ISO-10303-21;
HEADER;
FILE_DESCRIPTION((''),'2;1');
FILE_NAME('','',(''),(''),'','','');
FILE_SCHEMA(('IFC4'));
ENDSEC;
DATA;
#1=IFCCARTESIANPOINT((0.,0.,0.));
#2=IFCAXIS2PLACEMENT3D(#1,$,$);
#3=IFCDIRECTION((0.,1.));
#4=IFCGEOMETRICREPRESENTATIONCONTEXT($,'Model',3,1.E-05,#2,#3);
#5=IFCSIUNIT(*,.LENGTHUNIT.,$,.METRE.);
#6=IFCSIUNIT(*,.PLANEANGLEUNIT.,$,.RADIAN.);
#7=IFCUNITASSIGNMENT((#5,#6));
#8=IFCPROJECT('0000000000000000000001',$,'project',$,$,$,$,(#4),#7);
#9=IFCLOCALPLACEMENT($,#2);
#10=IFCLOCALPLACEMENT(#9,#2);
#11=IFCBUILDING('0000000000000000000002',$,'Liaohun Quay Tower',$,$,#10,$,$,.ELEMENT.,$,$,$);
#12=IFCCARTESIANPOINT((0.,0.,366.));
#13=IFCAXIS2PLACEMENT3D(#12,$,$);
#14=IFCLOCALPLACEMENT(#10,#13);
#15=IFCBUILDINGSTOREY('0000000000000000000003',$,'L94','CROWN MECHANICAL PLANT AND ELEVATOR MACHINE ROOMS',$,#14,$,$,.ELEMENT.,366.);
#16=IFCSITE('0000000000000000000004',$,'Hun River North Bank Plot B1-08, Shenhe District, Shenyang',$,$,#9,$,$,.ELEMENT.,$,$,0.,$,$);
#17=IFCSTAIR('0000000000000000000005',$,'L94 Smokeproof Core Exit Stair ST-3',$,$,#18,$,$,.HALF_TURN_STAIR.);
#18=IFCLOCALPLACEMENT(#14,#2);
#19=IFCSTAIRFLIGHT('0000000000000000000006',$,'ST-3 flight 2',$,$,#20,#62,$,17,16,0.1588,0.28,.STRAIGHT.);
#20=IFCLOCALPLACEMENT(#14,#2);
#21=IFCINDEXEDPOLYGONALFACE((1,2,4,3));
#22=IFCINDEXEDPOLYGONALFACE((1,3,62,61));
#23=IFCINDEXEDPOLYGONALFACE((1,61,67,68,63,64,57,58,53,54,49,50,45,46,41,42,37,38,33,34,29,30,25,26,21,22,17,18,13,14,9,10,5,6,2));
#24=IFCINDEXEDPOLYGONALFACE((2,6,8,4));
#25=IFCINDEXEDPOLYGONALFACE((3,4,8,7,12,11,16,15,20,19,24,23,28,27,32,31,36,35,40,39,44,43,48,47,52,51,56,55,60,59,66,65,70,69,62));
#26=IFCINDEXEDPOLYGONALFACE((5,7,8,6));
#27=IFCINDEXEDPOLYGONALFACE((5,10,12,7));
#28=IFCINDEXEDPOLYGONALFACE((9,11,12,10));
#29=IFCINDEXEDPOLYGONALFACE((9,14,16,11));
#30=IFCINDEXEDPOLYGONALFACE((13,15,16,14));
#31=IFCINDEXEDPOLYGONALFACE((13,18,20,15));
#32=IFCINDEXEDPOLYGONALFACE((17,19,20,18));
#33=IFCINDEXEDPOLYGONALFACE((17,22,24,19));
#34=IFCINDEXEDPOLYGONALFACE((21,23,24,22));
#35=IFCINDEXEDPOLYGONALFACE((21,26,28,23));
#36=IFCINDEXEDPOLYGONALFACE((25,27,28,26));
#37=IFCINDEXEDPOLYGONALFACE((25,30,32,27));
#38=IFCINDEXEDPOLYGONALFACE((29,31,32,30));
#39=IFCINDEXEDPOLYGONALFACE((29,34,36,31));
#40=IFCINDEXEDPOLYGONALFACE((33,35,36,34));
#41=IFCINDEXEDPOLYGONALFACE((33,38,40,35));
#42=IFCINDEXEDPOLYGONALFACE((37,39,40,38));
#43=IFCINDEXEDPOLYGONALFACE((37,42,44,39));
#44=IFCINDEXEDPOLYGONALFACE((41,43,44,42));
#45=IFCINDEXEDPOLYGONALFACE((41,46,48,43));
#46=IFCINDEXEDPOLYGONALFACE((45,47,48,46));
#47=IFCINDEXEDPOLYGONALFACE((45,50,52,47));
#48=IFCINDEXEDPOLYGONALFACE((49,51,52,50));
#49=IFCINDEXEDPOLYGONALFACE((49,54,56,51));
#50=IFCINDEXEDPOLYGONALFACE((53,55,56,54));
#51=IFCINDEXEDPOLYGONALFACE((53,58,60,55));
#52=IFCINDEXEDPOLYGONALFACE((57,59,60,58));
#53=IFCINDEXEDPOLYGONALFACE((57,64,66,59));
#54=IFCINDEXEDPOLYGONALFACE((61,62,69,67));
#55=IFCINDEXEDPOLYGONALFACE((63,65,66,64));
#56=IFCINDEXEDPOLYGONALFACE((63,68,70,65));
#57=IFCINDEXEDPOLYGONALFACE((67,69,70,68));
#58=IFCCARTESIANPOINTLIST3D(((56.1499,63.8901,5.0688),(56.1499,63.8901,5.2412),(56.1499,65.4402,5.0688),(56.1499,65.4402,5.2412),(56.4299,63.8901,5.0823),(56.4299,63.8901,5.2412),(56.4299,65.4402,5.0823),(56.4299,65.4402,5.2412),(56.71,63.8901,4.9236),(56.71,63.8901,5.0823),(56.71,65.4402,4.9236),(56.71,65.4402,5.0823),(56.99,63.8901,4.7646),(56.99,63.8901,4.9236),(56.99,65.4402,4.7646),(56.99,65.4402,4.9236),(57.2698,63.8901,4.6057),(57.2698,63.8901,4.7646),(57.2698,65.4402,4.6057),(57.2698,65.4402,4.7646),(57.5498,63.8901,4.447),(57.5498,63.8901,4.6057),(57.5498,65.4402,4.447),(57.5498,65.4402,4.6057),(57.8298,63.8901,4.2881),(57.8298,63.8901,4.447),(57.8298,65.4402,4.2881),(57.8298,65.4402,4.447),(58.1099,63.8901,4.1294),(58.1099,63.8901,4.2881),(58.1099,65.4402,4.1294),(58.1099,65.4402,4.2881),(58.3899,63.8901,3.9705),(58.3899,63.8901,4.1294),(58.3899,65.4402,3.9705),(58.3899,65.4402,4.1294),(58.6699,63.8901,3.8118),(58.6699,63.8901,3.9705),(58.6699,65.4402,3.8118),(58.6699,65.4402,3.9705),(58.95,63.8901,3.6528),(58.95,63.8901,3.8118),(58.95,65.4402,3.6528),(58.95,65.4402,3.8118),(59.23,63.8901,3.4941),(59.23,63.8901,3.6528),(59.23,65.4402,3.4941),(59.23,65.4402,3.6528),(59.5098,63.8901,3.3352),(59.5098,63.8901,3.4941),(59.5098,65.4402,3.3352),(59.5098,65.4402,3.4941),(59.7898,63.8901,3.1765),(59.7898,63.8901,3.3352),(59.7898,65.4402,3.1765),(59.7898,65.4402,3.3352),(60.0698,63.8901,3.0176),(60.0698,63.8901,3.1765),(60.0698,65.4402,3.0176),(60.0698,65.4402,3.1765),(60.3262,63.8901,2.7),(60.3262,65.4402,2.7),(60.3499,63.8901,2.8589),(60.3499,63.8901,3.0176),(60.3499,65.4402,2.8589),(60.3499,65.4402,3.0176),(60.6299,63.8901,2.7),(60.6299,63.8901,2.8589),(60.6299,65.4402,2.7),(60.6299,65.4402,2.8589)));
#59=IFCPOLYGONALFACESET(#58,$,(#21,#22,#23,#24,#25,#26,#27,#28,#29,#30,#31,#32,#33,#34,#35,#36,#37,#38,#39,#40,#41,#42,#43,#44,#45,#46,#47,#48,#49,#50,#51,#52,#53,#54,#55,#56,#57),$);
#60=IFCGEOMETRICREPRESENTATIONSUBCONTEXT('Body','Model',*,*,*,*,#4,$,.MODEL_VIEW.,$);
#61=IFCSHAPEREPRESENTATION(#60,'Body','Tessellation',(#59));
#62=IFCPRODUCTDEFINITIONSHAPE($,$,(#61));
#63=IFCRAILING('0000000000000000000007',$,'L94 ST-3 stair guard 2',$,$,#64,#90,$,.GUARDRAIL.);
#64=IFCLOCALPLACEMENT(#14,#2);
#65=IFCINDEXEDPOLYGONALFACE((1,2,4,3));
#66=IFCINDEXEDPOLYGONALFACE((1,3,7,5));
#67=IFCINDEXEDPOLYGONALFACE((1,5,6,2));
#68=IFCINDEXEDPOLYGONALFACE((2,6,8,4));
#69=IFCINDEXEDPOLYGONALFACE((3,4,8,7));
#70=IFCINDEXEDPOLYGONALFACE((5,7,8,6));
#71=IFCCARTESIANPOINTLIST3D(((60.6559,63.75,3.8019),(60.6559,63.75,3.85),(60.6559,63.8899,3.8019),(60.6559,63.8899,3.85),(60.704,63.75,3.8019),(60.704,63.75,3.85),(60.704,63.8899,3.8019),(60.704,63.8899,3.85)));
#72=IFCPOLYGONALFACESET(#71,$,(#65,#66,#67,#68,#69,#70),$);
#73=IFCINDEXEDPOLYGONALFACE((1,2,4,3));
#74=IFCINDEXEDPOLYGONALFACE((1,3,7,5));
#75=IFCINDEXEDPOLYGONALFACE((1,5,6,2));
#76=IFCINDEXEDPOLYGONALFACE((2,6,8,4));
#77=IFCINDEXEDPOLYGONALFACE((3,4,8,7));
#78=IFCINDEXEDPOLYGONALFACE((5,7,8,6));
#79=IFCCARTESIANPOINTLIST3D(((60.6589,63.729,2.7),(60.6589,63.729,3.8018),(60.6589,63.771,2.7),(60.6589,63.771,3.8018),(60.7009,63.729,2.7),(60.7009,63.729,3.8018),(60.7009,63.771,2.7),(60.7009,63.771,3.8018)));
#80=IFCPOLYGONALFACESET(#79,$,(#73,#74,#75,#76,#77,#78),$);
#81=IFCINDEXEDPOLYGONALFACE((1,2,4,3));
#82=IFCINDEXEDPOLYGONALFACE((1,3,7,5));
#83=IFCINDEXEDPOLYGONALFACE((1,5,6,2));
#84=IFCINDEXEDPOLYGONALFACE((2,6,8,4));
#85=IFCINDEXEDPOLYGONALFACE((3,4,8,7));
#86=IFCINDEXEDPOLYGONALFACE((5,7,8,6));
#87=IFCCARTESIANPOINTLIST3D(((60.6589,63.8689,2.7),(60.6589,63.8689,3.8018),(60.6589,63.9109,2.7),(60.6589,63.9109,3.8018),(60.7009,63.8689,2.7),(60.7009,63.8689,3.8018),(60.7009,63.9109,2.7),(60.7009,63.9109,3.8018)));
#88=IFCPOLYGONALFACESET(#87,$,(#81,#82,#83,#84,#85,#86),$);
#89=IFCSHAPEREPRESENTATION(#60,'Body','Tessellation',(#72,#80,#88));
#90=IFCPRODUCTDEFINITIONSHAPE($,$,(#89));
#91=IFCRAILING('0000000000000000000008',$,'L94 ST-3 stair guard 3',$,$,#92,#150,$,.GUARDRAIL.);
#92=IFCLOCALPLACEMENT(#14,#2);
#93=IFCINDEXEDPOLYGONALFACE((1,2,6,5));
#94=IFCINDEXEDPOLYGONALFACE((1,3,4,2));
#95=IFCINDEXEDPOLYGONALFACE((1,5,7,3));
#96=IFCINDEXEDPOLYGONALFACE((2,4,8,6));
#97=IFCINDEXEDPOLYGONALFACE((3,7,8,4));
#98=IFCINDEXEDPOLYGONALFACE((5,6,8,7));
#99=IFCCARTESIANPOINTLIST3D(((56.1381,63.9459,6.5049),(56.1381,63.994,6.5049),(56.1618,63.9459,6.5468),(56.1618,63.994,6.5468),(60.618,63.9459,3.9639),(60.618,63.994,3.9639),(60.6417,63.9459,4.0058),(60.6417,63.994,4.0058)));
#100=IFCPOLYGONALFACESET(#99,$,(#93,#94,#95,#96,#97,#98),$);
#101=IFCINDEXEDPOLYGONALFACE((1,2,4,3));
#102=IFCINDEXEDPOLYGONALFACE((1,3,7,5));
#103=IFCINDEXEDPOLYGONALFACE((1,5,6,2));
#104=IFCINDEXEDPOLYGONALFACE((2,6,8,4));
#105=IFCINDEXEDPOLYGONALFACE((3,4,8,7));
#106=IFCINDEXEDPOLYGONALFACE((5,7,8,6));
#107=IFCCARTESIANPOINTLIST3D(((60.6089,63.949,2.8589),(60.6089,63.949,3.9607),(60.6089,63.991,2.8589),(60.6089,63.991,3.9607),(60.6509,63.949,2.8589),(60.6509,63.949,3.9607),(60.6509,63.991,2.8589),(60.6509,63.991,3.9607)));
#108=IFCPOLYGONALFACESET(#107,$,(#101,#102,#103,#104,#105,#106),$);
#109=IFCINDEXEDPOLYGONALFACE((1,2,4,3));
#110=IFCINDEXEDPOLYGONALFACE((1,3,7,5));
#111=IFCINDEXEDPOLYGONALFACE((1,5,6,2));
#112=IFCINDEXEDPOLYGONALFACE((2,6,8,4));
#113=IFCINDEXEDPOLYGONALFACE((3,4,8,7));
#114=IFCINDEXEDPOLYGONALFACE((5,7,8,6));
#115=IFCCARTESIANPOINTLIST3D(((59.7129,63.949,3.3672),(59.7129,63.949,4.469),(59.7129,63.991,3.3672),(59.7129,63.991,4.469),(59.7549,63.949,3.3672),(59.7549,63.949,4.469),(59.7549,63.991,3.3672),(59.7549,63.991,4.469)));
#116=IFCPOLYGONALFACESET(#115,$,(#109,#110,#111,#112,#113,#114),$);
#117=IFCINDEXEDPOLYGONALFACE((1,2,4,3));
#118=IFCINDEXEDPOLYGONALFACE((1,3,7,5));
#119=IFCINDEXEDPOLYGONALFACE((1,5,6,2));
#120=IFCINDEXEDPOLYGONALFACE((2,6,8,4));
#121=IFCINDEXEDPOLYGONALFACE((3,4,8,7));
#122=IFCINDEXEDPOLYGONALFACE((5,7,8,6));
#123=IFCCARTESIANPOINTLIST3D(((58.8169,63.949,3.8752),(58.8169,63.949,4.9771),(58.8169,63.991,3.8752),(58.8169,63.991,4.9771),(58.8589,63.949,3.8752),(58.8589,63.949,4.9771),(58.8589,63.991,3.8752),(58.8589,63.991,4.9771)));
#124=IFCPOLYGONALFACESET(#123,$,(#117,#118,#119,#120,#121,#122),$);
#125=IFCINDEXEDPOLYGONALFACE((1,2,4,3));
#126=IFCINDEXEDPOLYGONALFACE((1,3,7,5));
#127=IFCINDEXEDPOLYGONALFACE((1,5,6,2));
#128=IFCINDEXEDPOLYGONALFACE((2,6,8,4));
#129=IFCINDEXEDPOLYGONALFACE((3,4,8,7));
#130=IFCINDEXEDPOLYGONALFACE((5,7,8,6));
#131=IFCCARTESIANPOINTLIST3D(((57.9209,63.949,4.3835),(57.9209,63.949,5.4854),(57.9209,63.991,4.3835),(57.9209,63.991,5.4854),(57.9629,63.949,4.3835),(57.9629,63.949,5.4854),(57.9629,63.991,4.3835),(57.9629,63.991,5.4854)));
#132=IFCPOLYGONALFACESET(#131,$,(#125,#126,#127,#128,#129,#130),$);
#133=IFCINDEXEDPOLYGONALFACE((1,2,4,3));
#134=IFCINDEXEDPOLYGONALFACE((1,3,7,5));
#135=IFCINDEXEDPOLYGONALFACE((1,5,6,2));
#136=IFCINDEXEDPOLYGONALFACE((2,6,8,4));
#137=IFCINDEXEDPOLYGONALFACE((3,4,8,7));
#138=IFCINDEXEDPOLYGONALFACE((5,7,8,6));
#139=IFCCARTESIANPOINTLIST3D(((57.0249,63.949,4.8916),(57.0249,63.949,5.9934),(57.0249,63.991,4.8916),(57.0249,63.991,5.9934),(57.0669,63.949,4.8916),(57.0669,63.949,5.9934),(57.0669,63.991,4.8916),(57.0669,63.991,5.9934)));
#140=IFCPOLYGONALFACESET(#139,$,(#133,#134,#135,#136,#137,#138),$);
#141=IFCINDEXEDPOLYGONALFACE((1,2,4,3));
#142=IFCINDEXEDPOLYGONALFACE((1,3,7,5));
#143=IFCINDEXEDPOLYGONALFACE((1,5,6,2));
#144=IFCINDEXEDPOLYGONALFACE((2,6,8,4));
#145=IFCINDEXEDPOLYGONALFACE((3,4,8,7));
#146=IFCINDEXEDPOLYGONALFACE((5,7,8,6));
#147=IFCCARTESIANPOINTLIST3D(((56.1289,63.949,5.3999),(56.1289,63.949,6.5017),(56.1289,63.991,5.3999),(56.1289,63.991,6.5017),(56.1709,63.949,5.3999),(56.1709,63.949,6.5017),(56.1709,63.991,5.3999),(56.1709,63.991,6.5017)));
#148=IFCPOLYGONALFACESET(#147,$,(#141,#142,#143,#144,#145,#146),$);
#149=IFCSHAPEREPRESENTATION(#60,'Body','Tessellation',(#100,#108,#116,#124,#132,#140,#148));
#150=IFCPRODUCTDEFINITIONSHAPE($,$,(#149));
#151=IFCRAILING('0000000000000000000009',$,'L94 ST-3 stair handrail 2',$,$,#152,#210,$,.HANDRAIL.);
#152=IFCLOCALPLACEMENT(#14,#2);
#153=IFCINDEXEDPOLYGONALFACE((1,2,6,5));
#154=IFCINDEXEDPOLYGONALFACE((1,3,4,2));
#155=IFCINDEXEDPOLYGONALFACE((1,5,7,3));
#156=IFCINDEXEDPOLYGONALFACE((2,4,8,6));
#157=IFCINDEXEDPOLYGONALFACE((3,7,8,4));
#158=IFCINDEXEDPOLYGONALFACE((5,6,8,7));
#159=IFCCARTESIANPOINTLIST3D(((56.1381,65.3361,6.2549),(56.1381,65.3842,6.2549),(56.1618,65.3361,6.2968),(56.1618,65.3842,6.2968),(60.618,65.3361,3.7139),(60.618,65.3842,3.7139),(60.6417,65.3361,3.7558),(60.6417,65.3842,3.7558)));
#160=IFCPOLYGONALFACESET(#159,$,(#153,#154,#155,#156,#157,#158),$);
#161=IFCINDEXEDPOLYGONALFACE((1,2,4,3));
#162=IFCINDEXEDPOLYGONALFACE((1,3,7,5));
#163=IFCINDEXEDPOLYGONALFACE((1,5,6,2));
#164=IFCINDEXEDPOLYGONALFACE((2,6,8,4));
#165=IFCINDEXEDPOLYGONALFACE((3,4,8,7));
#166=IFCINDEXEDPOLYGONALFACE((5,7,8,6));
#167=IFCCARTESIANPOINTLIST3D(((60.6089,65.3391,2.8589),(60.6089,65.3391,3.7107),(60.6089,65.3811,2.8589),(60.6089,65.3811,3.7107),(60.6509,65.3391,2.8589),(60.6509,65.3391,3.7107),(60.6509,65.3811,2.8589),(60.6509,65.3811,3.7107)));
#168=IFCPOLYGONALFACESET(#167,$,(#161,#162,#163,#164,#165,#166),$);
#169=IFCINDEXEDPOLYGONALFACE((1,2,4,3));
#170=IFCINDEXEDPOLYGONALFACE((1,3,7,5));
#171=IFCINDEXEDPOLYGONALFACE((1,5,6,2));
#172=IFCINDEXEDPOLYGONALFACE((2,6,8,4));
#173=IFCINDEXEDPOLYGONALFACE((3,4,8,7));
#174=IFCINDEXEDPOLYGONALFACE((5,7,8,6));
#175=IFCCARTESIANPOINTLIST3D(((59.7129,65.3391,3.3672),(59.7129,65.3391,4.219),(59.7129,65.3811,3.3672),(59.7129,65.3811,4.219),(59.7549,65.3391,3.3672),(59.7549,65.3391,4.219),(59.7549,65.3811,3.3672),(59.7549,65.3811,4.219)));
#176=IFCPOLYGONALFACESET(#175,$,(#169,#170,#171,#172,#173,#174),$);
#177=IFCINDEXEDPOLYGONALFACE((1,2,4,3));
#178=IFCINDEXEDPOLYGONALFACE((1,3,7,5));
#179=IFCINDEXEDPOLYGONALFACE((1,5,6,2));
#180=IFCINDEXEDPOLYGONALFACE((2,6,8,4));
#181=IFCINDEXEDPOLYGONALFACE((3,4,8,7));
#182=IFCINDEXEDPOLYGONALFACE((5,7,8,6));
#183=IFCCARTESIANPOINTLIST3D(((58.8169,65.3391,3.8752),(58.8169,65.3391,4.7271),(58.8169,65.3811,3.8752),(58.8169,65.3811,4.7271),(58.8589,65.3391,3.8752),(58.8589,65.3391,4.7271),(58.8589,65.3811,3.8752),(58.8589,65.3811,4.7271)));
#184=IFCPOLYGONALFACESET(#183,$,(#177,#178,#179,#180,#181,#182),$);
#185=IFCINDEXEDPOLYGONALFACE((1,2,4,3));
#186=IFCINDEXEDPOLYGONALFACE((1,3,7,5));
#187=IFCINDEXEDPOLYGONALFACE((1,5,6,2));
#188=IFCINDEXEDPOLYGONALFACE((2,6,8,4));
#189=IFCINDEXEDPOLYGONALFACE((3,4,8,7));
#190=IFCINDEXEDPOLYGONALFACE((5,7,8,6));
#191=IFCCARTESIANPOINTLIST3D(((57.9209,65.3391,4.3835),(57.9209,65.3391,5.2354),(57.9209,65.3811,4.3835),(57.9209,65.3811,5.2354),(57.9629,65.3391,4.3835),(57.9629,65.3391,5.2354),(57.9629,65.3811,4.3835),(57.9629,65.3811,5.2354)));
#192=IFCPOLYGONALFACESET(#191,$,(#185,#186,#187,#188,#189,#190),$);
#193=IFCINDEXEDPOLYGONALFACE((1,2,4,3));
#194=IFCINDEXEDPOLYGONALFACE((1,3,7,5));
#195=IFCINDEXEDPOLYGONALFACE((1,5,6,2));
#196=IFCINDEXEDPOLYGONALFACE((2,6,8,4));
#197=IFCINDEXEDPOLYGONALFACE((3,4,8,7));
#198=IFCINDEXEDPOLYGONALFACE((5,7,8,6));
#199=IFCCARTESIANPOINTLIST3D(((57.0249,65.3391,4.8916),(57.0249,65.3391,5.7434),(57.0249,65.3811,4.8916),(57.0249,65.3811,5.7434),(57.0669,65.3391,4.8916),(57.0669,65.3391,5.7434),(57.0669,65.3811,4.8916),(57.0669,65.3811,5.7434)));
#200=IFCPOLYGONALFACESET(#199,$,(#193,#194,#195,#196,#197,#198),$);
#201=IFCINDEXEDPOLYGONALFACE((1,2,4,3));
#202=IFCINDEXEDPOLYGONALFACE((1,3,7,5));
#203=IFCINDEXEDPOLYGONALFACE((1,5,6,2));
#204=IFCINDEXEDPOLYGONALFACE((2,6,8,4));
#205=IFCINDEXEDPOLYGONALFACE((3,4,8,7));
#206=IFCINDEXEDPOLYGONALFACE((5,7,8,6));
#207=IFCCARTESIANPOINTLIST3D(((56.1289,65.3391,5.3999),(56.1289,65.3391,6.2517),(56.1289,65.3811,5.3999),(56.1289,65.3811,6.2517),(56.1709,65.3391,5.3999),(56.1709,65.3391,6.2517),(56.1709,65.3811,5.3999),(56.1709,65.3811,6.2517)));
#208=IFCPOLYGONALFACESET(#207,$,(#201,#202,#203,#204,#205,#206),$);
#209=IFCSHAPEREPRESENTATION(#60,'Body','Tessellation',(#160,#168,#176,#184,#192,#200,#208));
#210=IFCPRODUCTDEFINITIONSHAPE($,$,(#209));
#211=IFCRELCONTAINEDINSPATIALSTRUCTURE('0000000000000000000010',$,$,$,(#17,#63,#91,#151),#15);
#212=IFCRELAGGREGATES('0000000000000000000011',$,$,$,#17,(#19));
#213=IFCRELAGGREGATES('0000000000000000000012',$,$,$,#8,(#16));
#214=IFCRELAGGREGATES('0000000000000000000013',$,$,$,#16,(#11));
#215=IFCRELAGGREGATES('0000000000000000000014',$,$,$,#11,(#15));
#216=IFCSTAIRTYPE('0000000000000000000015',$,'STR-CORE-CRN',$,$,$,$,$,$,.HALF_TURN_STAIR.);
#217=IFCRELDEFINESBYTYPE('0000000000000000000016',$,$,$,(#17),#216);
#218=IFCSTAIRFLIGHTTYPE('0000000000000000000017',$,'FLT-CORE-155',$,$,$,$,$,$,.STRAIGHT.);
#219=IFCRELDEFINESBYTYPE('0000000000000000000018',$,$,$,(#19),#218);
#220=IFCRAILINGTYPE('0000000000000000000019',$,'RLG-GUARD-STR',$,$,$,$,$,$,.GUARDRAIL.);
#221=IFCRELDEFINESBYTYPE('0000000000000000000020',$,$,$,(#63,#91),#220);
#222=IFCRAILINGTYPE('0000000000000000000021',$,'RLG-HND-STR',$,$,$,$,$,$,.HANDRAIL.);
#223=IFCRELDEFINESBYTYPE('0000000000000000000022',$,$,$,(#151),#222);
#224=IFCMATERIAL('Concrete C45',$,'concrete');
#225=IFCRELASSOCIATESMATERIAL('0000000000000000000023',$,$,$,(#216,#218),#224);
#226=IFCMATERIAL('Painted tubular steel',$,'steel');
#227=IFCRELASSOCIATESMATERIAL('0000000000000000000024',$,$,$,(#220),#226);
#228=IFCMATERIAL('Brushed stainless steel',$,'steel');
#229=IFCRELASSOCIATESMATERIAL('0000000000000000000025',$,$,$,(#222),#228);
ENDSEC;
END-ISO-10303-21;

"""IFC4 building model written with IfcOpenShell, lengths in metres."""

from ifc_helpers import new_model, si_unit, direction, frame, origin, origin_2d, place, context, subcontext, project, spatial, polyline, rectangle, outline, extrude, material, type_object, element, aggregate, save


model = new_model("IFC4")

# Units and contexts
model_context = context("Model", 3, precision=1e-05, world=origin(), true_north=direction((0.0, 1.0)))
body_context = subcontext(model_context, "Body", "Model", "MODEL_VIEW")
ifc_project = project(units=[si_unit("LENGTHUNIT", "METRE"), si_unit("PLANEANGLEUNIT", "RADIAN")], contexts=[model_context])

# Site, building, storey
site_placement = place(None, origin())
site = spatial("IfcSite", under=ifc_project, at=site_placement, Name="Hun River North Bank Plot B1-08, Shenhe District, Shenyang", CompositionType="ELEMENT", RefElevation=0.0)
building_placement = place(site_placement, origin())
building = spatial("IfcBuilding", under=site, at=building_placement, Name="Liaohun Quay Tower", CompositionType="ELEMENT")
storey_placement = place(building_placement, frame((0.0, 0.0, 366.0)))
storey = spatial("IfcBuildingStorey", under=building, at=storey_placement, Name="L94", Description="CROWN MECHANICAL PLANT AND ELEVATOR MACHINE ROOMS", CompositionType="ELEMENT", Elevation=366.0)

# Stair, stair flight
ifc_material_1 = material(Name="Concrete C45", Category="concrete")
stair_type = type_object("IfcStairType", Name="STR-CORE-CRN", PredefinedType="HALF_TURN_STAIR", material=ifc_material_1)
stair_placement = place(storey_placement, origin())
stair = element("IfcStair", 1, at=stair_placement, inside=storey, type_object=stair_type, Name="L94 Smokeproof Core Exit Stair ST-3", PredefinedType="HALF_TURN_STAIR")
stair_flight_type = type_object("IfcStairFlightType", Name="FLT-CORE-155", PredefinedType="STRAIGHT", material=ifc_material_1)
stair_flight_placement = place(storey_placement, frame((60.6299, 64.665, 2.7), z_axis=(0.0, 0.0, 1.0), x_axis=(-1.0, 0.0, 0.0)))
stair_flight = element("IfcStairFlight", 2, at=stair_flight_placement, type_object=stair_flight_type, Name="ST-3 flight 2", NumberOfRisers=17, NumberOfTreads=16, PredefinedType="STRAIGHT", RiserHeight=0.1588, TreadLength=0.28, context=body_context, shape_type="SweptSolid", body=[
    extrude(outline(polyline([(0.0, 0.0), (0.0, 0.1589), (0.28, 0.1589), (0.28, 0.3176), (0.5601, 0.3176), (0.5601, 0.4766), (0.8401, 0.4766), (0.8401, 0.6353), (1.1201, 0.6353), (1.1201, 0.7942), (1.3999, 0.7942), (1.3999, 0.9529), (1.6799, 0.9529), (1.6799, 1.1118), (1.96, 1.1118), (1.96, 1.2705), (2.24, 1.2705), (2.24, 1.4294), (2.52, 1.4294), (2.52, 1.5881), (2.8, 1.5881), (2.8, 1.7471), (3.0801, 1.7471), (3.0801, 1.9058), (3.3601, 1.9058), (3.3601, 2.0647), (3.6399, 2.0647), (3.6399, 2.2236), (3.9199, 2.2236), (3.9199, 2.3823), (4.2, 2.3823), (4.2, 2.5413), (4.48, 2.5413), (4.48, 2.7), (4.48, 2.3689), (0.3037, 0.0), (0.0, 0.0)])), frame((0.0, 0.7749, 0.0), z_axis=(0.0, -1.0, 0.0), x_axis=(1.0, 0.0, 0.0)), (0.0, 0.0, 1.0), 1.55),
])
aggregate(stair, [stair_flight])

# Railings
ifc_material_2 = material(Name="Painted tubular steel", Category="steel")
railing_type_1 = type_object("IfcRailingType", Name="RLG-GUARD-STR", PredefinedType="GUARDRAIL", material=ifc_material_2)
railing_1_placement = place(storey_placement, frame((60.6799, 63.75, 2.7)))
element("IfcRailing", 3, at=railing_1_placement, inside=storey, type_object=railing_type_1, Name="L94 ST-3 stair guard 2", PredefinedType="GUARDRAIL", context=body_context, shape_type="SweptSolid", body=[
    extrude(rectangle(XDim=0.0481, YDim=0.0481, at=origin_2d()), frame((0.0, 0.0, 1.126), z_axis=(0.0, 1.0, 0.0), x_axis=(-1.0, 0.0, 0.0)), (0.0, 0.0, 1.0), 0.1399),
    extrude(rectangle(XDim=0.042, YDim=0.042, at=origin_2d()), origin(), (0.0, 0.0, 1.0), 1.1018),
    extrude(rectangle(XDim=0.042, YDim=0.042, at=origin_2d()), frame((0.0, 0.1399, 0.0)), (0.0, 0.0, 1.0), 1.1018),
])
railing_2_placement = place(storey_placement, frame((60.6299, 63.97, 2.8589)))
element("IfcRailing", 4, at=railing_2_placement, inside=storey, type_object=railing_type_1, Name="L94 ST-3 stair guard 3", PredefinedType="GUARDRAIL", context=body_context, shape_type="SweptSolid", body=[
    extrude(rectangle(XDim=0.0481, YDim=0.0481, at=origin_2d()), frame((0.0, 0.0, 1.126), z_axis=(-0.869826, 0.0, 0.493359), x_axis=(0.0, -1.0, 0.0)), (0.0, 0.0, 1.0), 5.1504),
    extrude(rectangle(XDim=0.042, YDim=0.042, at=origin_2d()), origin(), (0.0, 0.0, 1.0), 1.1018),
    extrude(rectangle(XDim=0.042, YDim=0.042, at=origin_2d()), frame((-0.896, 0.0, 0.5083)), (0.0, 0.0, 1.0), 1.1018),
    extrude(rectangle(XDim=0.042, YDim=0.042, at=origin_2d()), frame((-1.792, 0.0, 1.0164)), (0.0, 0.0, 1.0), 1.1018),
    extrude(rectangle(XDim=0.042, YDim=0.042, at=origin_2d()), frame((-2.688, 0.0, 1.5247)), (0.0, 0.0, 1.0), 1.1018),
    extrude(rectangle(XDim=0.042, YDim=0.042, at=origin_2d()), frame((-3.584, 0.0, 2.0327)), (0.0, 0.0, 1.0), 1.1018),
    extrude(rectangle(XDim=0.042, YDim=0.042, at=origin_2d()), frame((-4.48, 0.0, 2.541)), (0.0, 0.0, 1.0), 1.1018),
])
ifc_material_3 = material(Name="Brushed stainless steel", Category="steel")
railing_type_2 = type_object("IfcRailingType", Name="RLG-HND-STR", PredefinedType="HANDRAIL", material=ifc_material_3)
railing_3_placement = place(storey_placement, frame((60.6299, 65.3601, 2.8589)))
element("IfcRailing", 5, at=railing_3_placement, inside=storey, type_object=railing_type_2, Name="L94 ST-3 stair handrail 2", PredefinedType="HANDRAIL", context=body_context, shape_type="SweptSolid", body=[
    extrude(rectangle(XDim=0.0481, YDim=0.0481, at=origin_2d()), frame((0.0, 0.0, 0.876), z_axis=(-0.869826, 0.0, 0.493359), x_axis=(0.0, -1.0, 0.0)), (0.0, 0.0, 1.0), 5.1504),
    extrude(rectangle(XDim=0.042, YDim=0.042, at=origin_2d()), origin(), (0.0, 0.0, 1.0), 0.8518),
    extrude(rectangle(XDim=0.042, YDim=0.042, at=origin_2d()), frame((-0.896, 0.0, 0.5083)), (0.0, 0.0, 1.0), 0.8518),
    extrude(rectangle(XDim=0.042, YDim=0.042, at=origin_2d()), frame((-1.792, 0.0, 1.0164)), (0.0, 0.0, 1.0), 0.8518),
    extrude(rectangle(XDim=0.042, YDim=0.042, at=origin_2d()), frame((-2.688, 0.0, 1.5247)), (0.0, 0.0, 1.0), 0.8518),
    extrude(rectangle(XDim=0.042, YDim=0.042, at=origin_2d()), frame((-3.584, 0.0, 2.0327)), (0.0, 0.0, 1.0), 0.8518),
    extrude(rectangle(XDim=0.042, YDim=0.042, at=origin_2d()), frame((-4.48, 0.0, 2.541)), (0.0, 0.0, 1.0), 0.8518),
])

save(model, "model.ifc")
